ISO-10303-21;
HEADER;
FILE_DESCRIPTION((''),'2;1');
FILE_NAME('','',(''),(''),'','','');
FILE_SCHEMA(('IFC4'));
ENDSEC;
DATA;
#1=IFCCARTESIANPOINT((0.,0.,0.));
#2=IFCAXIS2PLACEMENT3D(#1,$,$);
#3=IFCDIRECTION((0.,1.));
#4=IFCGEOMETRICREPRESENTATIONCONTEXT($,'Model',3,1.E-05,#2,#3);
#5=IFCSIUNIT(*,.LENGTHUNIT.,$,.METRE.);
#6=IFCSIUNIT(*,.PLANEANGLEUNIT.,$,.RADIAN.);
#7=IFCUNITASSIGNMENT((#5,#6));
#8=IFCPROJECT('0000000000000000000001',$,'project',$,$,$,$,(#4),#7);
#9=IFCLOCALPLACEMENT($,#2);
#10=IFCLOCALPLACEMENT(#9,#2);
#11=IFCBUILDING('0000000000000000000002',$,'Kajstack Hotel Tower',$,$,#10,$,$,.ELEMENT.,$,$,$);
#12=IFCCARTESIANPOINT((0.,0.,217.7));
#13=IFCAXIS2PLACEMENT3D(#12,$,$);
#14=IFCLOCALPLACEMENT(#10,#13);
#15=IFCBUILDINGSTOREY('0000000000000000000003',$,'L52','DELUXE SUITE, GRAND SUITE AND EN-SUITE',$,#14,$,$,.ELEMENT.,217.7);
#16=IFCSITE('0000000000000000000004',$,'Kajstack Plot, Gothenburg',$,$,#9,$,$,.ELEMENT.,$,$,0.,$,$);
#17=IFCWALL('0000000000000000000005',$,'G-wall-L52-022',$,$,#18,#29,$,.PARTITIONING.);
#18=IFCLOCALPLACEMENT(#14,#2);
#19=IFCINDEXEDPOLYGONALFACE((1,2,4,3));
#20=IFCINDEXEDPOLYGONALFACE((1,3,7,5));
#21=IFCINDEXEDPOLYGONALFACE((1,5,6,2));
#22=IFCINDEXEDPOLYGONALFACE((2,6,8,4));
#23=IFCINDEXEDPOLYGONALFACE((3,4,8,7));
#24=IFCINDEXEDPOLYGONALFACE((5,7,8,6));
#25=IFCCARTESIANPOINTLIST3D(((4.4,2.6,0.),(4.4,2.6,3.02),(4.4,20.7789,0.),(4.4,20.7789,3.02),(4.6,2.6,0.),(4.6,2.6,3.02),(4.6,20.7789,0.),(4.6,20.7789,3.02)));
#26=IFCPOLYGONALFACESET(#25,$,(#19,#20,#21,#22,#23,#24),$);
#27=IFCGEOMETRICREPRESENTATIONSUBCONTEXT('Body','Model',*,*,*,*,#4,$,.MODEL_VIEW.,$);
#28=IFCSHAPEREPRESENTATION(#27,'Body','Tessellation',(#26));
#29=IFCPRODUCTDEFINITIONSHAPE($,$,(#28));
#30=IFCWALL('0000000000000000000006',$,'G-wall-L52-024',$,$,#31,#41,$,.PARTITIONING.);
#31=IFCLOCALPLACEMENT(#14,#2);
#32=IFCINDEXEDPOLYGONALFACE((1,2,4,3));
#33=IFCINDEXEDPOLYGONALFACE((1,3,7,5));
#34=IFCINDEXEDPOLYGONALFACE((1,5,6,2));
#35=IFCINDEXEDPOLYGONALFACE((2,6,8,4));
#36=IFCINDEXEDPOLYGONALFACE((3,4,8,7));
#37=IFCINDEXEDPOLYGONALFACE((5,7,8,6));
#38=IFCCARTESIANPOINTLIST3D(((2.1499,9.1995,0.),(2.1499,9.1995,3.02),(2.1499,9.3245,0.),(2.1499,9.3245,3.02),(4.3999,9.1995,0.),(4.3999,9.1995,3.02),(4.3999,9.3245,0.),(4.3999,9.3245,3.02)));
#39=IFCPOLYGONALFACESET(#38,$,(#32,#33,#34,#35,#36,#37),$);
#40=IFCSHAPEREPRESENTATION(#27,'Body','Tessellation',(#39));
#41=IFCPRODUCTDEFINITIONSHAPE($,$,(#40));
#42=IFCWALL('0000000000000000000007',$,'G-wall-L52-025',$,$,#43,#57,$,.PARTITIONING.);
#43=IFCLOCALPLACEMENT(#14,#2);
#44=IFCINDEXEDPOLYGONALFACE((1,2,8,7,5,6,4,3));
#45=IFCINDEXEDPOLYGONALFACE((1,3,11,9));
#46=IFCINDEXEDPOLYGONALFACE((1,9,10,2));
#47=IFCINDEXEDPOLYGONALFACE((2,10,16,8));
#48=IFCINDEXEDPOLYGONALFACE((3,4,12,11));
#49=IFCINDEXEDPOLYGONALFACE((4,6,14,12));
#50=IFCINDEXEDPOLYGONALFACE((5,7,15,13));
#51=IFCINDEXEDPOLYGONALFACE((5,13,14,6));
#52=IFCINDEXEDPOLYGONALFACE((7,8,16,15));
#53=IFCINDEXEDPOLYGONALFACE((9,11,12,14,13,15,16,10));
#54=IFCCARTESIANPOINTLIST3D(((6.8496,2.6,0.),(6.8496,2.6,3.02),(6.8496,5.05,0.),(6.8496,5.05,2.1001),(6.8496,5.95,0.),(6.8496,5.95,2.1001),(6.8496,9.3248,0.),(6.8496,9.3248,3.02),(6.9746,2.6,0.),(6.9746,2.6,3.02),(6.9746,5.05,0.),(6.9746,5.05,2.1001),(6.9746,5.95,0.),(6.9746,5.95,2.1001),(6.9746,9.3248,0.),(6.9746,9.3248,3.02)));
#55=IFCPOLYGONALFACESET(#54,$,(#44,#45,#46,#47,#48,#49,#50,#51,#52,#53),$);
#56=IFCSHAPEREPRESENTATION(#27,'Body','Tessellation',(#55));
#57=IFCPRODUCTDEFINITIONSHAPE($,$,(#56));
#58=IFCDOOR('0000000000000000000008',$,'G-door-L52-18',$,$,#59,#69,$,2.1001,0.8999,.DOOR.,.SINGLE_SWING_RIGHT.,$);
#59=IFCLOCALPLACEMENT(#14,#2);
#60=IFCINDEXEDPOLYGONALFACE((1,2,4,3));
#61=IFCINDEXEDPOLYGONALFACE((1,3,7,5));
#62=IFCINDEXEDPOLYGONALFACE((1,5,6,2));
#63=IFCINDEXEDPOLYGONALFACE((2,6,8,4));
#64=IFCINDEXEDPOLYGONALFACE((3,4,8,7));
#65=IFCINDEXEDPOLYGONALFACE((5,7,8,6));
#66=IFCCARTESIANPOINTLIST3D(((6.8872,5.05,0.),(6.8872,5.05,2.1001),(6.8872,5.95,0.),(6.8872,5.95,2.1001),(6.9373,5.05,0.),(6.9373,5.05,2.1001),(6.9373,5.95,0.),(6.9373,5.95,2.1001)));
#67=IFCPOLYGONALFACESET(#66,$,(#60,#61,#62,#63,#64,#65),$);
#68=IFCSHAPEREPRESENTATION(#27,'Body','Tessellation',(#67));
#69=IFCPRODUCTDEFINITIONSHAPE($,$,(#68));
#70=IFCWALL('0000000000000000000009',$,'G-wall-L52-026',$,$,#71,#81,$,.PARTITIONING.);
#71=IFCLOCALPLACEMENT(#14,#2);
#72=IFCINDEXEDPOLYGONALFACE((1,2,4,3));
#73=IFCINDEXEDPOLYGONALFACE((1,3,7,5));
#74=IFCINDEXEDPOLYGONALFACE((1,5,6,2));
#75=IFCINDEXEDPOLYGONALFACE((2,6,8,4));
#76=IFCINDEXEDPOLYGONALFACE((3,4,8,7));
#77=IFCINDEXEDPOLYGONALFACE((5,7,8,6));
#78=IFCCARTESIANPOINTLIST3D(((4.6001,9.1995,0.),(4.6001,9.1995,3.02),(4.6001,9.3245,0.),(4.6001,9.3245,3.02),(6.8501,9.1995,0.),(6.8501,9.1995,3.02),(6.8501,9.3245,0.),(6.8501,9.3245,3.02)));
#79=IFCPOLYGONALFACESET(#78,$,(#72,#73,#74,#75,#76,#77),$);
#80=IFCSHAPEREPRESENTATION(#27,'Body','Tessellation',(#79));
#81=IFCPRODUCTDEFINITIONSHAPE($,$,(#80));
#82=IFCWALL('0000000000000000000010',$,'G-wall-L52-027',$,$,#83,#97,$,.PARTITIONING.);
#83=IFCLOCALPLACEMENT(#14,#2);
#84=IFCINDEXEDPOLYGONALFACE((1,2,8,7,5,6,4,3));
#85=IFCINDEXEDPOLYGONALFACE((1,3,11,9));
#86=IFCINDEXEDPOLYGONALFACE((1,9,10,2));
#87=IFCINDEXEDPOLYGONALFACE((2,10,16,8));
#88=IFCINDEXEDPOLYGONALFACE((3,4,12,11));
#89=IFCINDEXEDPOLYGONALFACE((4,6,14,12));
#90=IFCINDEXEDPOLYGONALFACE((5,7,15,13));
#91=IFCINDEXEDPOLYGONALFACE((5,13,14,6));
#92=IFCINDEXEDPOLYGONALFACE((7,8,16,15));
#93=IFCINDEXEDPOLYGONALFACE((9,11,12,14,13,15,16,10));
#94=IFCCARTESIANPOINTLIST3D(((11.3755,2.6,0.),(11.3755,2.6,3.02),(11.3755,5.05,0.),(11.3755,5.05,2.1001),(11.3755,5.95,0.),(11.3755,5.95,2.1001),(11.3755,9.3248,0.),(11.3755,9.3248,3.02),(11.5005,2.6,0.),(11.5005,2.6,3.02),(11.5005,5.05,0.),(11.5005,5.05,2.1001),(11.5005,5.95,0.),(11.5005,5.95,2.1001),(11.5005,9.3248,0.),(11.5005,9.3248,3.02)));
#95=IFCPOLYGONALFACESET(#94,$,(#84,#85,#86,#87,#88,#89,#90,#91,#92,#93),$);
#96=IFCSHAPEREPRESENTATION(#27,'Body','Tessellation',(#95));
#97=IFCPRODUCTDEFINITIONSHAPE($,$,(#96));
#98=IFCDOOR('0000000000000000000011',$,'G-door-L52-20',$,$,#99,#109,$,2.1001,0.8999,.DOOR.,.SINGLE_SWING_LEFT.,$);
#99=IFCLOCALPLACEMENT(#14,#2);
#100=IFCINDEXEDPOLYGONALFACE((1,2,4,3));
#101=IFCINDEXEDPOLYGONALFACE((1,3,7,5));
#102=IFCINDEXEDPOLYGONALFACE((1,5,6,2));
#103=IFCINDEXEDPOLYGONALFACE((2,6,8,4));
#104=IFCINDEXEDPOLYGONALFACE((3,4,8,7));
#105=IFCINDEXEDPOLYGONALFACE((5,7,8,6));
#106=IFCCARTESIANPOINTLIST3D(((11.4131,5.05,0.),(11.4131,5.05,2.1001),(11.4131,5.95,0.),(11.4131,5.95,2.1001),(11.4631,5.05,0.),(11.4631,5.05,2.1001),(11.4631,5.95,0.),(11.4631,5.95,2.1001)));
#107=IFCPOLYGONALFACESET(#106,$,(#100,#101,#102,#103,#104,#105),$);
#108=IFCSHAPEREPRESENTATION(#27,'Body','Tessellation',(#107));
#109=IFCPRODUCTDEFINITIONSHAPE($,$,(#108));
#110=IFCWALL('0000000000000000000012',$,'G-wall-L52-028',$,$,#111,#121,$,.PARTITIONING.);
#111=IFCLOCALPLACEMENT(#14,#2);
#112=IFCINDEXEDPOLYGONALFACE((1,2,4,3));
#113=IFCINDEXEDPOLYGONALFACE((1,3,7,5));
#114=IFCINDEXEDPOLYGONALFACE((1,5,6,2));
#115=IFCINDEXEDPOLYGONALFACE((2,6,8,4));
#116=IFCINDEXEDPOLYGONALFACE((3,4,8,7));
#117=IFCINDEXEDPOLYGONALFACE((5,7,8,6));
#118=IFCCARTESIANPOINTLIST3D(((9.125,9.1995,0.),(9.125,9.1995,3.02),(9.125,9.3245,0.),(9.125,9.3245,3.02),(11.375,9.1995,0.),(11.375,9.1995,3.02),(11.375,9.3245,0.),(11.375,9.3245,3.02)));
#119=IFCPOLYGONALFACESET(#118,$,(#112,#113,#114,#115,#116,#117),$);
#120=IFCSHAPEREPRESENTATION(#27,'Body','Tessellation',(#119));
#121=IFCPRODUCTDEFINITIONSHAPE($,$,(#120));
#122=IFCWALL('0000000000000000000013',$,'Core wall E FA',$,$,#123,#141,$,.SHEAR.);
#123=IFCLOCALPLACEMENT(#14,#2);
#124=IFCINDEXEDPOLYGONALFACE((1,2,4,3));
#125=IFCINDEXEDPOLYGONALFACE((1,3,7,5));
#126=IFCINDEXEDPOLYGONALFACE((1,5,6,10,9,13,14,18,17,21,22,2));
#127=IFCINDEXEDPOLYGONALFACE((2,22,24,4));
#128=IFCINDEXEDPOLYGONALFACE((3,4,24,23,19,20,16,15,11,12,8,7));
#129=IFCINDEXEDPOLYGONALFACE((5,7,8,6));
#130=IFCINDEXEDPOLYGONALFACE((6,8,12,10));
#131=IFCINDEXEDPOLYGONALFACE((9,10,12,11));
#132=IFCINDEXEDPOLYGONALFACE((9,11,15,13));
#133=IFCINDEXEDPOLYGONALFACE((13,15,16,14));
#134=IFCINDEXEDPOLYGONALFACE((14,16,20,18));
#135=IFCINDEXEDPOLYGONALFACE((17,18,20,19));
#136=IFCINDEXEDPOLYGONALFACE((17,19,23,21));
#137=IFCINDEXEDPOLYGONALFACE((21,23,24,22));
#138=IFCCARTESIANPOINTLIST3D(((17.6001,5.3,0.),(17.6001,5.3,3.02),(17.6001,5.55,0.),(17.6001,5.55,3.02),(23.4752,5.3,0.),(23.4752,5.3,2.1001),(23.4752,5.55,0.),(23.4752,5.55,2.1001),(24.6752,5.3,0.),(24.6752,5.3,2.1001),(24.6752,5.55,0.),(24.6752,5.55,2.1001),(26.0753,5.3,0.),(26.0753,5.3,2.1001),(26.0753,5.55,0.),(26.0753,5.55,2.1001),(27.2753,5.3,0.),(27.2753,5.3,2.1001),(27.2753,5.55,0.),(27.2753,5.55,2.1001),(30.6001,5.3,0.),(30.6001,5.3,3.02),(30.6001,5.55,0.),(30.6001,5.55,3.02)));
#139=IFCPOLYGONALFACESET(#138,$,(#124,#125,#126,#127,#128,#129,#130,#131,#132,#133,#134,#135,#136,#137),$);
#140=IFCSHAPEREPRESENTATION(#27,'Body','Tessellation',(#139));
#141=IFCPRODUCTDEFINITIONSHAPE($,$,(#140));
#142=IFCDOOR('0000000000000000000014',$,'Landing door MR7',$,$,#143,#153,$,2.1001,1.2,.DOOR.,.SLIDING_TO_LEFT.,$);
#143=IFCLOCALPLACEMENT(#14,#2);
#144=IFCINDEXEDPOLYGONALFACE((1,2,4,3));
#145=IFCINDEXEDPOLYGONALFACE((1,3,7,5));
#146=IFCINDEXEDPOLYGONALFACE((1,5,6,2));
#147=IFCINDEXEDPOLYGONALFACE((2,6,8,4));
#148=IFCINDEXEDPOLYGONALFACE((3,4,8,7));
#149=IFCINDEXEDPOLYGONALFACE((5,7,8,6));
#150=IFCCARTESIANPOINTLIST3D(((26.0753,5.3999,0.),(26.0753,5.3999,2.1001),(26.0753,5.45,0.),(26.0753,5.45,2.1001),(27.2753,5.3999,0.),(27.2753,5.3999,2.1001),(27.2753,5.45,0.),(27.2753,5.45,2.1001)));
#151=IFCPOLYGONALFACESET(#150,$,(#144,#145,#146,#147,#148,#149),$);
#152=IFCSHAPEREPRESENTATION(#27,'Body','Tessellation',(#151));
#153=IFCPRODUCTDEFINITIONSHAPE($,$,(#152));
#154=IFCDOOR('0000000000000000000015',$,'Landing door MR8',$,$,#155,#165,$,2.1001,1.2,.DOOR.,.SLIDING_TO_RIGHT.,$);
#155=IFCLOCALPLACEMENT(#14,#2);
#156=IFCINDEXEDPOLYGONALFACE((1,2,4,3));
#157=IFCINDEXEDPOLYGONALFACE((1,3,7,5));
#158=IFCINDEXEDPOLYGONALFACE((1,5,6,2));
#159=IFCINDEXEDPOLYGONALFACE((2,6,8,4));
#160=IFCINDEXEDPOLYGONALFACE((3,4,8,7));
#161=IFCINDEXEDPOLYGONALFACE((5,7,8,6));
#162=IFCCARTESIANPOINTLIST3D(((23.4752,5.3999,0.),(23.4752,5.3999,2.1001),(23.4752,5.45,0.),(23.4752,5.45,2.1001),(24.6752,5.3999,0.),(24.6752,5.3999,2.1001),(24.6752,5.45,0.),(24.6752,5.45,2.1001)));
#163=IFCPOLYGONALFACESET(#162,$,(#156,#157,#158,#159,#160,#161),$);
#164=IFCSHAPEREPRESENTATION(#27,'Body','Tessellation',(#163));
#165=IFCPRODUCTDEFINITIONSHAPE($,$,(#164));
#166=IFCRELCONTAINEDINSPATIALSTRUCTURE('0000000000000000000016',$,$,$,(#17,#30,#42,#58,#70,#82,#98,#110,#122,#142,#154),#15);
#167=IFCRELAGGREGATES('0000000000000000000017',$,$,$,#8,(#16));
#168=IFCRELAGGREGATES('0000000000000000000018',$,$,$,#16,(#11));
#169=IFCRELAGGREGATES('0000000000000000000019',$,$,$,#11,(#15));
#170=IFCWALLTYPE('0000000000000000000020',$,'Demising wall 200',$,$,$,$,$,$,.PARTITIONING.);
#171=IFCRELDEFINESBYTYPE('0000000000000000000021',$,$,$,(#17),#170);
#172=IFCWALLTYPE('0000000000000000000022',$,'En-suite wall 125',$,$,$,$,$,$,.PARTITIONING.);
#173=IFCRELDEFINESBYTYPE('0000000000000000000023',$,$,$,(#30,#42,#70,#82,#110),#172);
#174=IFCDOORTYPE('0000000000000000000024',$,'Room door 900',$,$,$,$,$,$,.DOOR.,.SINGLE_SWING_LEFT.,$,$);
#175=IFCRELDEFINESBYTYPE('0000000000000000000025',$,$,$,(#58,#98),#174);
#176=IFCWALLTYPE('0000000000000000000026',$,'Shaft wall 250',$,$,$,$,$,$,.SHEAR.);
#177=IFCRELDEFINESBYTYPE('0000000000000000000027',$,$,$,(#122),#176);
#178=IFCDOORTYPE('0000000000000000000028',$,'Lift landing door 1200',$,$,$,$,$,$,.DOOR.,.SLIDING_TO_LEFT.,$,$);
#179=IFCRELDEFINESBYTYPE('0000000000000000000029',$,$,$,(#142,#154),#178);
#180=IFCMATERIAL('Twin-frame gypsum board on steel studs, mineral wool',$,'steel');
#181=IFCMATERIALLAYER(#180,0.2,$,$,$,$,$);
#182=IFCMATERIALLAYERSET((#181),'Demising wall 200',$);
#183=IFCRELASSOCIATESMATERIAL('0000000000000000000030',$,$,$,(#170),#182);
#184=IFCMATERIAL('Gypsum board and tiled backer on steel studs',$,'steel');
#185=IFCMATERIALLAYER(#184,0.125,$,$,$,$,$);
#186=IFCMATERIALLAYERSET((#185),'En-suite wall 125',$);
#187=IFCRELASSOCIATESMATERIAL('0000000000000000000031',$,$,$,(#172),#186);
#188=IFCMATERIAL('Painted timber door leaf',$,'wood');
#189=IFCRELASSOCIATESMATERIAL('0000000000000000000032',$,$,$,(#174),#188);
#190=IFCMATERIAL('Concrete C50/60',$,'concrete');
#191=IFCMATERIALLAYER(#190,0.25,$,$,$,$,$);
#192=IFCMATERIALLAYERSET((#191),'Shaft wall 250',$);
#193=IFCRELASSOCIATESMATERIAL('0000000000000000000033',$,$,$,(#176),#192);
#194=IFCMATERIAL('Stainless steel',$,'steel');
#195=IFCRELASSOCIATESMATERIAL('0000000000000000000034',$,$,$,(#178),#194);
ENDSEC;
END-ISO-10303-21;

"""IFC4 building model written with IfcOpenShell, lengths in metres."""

from ifc_helpers import new_model, si_unit, direction, frame, frame_2d, origin, place, context, subcontext, project, spatial, rectangle, extrude, material, layer, layer_set, type_object, element, fill, save


model = new_model("IFC4")

# Units and contexts
model_context = context("Model", 3, precision=1e-05, world=origin(), true_north=direction((0.0, 1.0)))
body_context = subcontext(model_context, "Body", "Model", "MODEL_VIEW")
ifc_project = project(units=[si_unit("LENGTHUNIT", "METRE"), si_unit("PLANEANGLEUNIT", "RADIAN")], contexts=[model_context])

# Site, building, storey
site_placement = place(None, origin())
site = spatial("IfcSite", under=ifc_project, at=site_placement, Name="Kajstack Plot, Gothenburg", CompositionType="ELEMENT", RefElevation=0.0)
building_placement = place(site_placement, origin())
building = spatial("IfcBuilding", under=site, at=building_placement, Name="Kajstack Hotel Tower", CompositionType="ELEMENT")
storey_placement = place(building_placement, frame((0.0, 0.0, 217.7)))
storey = spatial("IfcBuildingStorey", under=building, at=storey_placement, Name="L52", Description="DELUXE SUITE, GRAND SUITE AND EN-SUITE", CompositionType="ELEMENT", Elevation=217.7)

# Walls
ifc_material_1 = material(Name="Twin-frame gypsum board on steel studs, mineral wool", Category="steel")
ifc_layer_1 = layer(ifc_material_1, 0.2)
ifc_layer_set_1 = layer_set([ifc_layer_1], Name="Demising wall 200")
wall_type_1 = type_object("IfcWallType", Name="Demising wall 200", PredefinedType="PARTITIONING", material=ifc_layer_set_1)
wall_1_placement = place(storey_placement, frame((4.5, 2.6001, 0.0), z_axis=(0.0, 0.0, 1.0), x_axis=(0.0, 1.0, 0.0)))
element("IfcWall", 1, at=wall_1_placement, inside=storey, type_object=wall_type_1, Name="G-wall-L52-022", PredefinedType="PARTITIONING", context=body_context, shape_type="SweptSolid", body=[
    extrude(rectangle(XDim=18.179, YDim=0.2, at=frame_2d((9.0894, 0.0))), origin(), (0.0, 0.0, 1.0), 3.02),
])
ifc_material_2 = material(Name="Gypsum board and tiled backer on steel studs", Category="steel")
ifc_layer_2 = layer(ifc_material_2, 0.125)
ifc_layer_set_2 = layer_set([ifc_layer_2], Name="En-suite wall 125")
wall_type_2 = type_object("IfcWallType", Name="En-suite wall 125", PredefinedType="PARTITIONING", material=ifc_layer_set_2)
wall_2_placement = place(storey_placement, frame((2.1499, 9.262, 0.0), z_axis=(0.0, 0.0, 1.0), x_axis=(1.0, 0.0, 0.0)))
element("IfcWall", 2, at=wall_2_placement, inside=storey, type_object=wall_type_2, Name="G-wall-L52-024", PredefinedType="PARTITIONING", context=body_context, shape_type="SweptSolid", body=[
    extrude(rectangle(XDim=2.25, YDim=0.125, at=frame_2d((1.125, 0.0))), origin(), (0.0, 0.0, 1.0), 3.02),
])

# Wall, opening, door
wall_3_placement = place(storey_placement, frame((6.9121, 2.6001, 0.0), z_axis=(0.0, 0.0, 1.0), x_axis=(0.0, 1.0, 0.0)))
wall_3 = element("IfcWall", 3, at=wall_3_placement, inside=storey, type_object=wall_type_2, Name="G-wall-L52-025", PredefinedType="PARTITIONING", context=body_context, shape_type="SweptSolid", body=[
    extrude(rectangle(XDim=6.7249, YDim=0.125, at=frame_2d((3.3623, 0.0))), origin(), (0.0, 0.0, 1.0), 3.02),
])
opening_1_placement = place(wall_3_placement, frame((2.45, 0.0, 0.0)))
opening_1 = element("IfcOpeningElement", 4, at=opening_1_placement, cuts=wall_3, PredefinedType="OPENING", context=body_context, shape_type="SweptSolid", body=[
    extrude(rectangle(XDim=0.8999, YDim=2.1001, at=frame_2d((0.45, 1.05))), frame((0.0, 0.0725, 0.0), z_axis=(0.0, -1.0, 0.0), x_axis=(1.0, 0.0, 0.0)), (0.0, 0.0, 1.0), 0.145),
])
ifc_material_3 = material(Name="Painted timber door leaf", Category="wood")
door_type_1 = type_object("IfcDoorType", Name="Room door 900", OperationType="SINGLE_SWING_LEFT", PredefinedType="DOOR", material=ifc_material_3)
door_1_placement = place(opening_1_placement, origin())
door_1 = element("IfcDoor", 5, at=door_1_placement, inside=storey, type_object=door_type_1, Name="G-door-L52-18", OperationType="SINGLE_SWING_RIGHT", OverallHeight=2.1001, OverallWidth=0.8999, PredefinedType="DOOR", context=body_context, shape_type="SweptSolid", body=[
    extrude(rectangle(XDim=0.8999, YDim=2.1001, at=frame_2d((0.45, 1.05))), frame((0.0, 0.0249, 0.0), z_axis=(0.0, -1.0, 0.0), x_axis=(1.0, 0.0, 0.0)), (0.0, 0.0, 1.0), 0.05),
])
fill(opening_1, door_1)

# Wall
wall_4_placement = place(storey_placement, frame((4.6001, 9.262, 0.0), z_axis=(0.0, 0.0, 1.0), x_axis=(1.0, 0.0, 0.0)))
element("IfcWall", 6, at=wall_4_placement, inside=storey, type_object=wall_type_2, Name="G-wall-L52-026", PredefinedType="PARTITIONING", context=body_context, shape_type="SweptSolid", body=[
    extrude(rectangle(XDim=2.25, YDim=0.125, at=frame_2d((1.125, 0.0))), origin(), (0.0, 0.0, 1.0), 3.02),
])

# Wall, opening, door
wall_5_placement = place(storey_placement, frame((11.438, 2.6001, 0.0), z_axis=(0.0, 0.0, 1.0), x_axis=(0.0, 1.0, 0.0)))
wall_5 = element("IfcWall", 7, at=wall_5_placement, inside=storey, type_object=wall_type_2, Name="G-wall-L52-027", PredefinedType="PARTITIONING", context=body_context, shape_type="SweptSolid", body=[
    extrude(rectangle(XDim=6.7249, YDim=0.125, at=frame_2d((3.3623, 0.0))), origin(), (0.0, 0.0, 1.0), 3.02),
])
opening_2_placement = place(wall_5_placement, frame((2.45, 0.0, 0.0)))
opening_2 = element("IfcOpeningElement", 8, at=opening_2_placement, cuts=wall_5, PredefinedType="OPENING", context=body_context, shape_type="SweptSolid", body=[
    extrude(rectangle(XDim=0.8999, YDim=2.1001, at=frame_2d((0.45, 1.05))), frame((0.0, 0.0725, 0.0), z_axis=(0.0, -1.0, 0.0), x_axis=(1.0, 0.0, 0.0)), (0.0, 0.0, 1.0), 0.145),
])
door_2_placement = place(opening_2_placement, origin())
door_2 = element("IfcDoor", 9, at=door_2_placement, inside=storey, type_object=door_type_1, Name="G-door-L52-20", OperationType="SINGLE_SWING_LEFT", OverallHeight=2.1001, OverallWidth=0.8999, PredefinedType="DOOR", context=body_context, shape_type="SweptSolid", body=[
    extrude(rectangle(XDim=0.8999, YDim=2.1001, at=frame_2d((0.45, 1.05))), frame((0.0, 0.0249, 0.0), z_axis=(0.0, -1.0, 0.0), x_axis=(1.0, 0.0, 0.0)), (0.0, 0.0, 1.0), 0.05),
])
fill(opening_2, door_2)

# Wall
wall_6_placement = place(storey_placement, frame((9.125, 9.262, 0.0), z_axis=(0.0, 0.0, 1.0), x_axis=(1.0, 0.0, 0.0)))
element("IfcWall", 10, at=wall_6_placement, inside=storey, type_object=wall_type_2, Name="G-wall-L52-028", PredefinedType="PARTITIONING", context=body_context, shape_type="SweptSolid", body=[
    extrude(rectangle(XDim=2.25, YDim=0.125, at=frame_2d((1.125, 0.0))), origin(), (0.0, 0.0, 1.0), 3.02),
])

# Wall, openings, doors
ifc_material_4 = material(Name="Concrete C50/60", Category="concrete")
ifc_layer_3 = layer(ifc_material_4, 0.25)
ifc_layer_set_3 = layer_set([ifc_layer_3], Name="Shaft wall 250")
wall_type_3 = type_object("IfcWallType", Name="Shaft wall 250", PredefinedType="SHEAR", material=ifc_layer_set_3)
wall_7_placement = place(storey_placement, frame((17.6001, 5.425, 0.0), z_axis=(0.0, 0.0, 1.0), x_axis=(1.0, 0.0, 0.0)))
wall_7 = element("IfcWall", 11, at=wall_7_placement, inside=storey, type_object=wall_type_3, Name="Core wall E FA", PredefinedType="SHEAR", context=body_context, shape_type="SweptSolid", body=[
    extrude(rectangle(XDim=13.0, YDim=0.25, at=frame_2d((6.5, 0.0))), origin(), (0.0, 0.0, 1.0), 3.02),
])
opening_3_placement = place(wall_7_placement, frame((8.4751, 0.0, 0.0)))
opening_3 = element("IfcOpeningElement", 12, at=opening_3_placement, cuts=wall_7, PredefinedType="OPENING", context=body_context, shape_type="SweptSolid", body=[
    extrude(rectangle(XDim=1.2, YDim=2.1001, at=frame_2d((0.6001, 1.05))), frame((0.0, 0.135, 0.0), z_axis=(0.0, -1.0, 0.0), x_axis=(1.0, 0.0, 0.0)), (0.0, 0.0, 1.0), 0.27),
])
opening_4_placement = place(wall_7_placement, frame((5.875, 0.0, 0.0)))
opening_4 = element("IfcOpeningElement", 13, at=opening_4_placement, cuts=wall_7, PredefinedType="OPENING", context=body_context, shape_type="SweptSolid", body=[
    extrude(rectangle(XDim=1.2, YDim=2.1001, at=frame_2d((0.6001, 1.05))), frame((0.0, 0.135, 0.0), z_axis=(0.0, -1.0, 0.0), x_axis=(1.0, 0.0, 0.0)), (0.0, 0.0, 1.0), 0.27),
])
ifc_material_5 = material(Name="Stainless steel", Category="steel")
door_type_2 = type_object("IfcDoorType", Name="Lift landing door 1200", OperationType="SLIDING_TO_LEFT", PredefinedType="DOOR", material=ifc_material_5)
door_3_placement = place(opening_3_placement, origin())
door_3 = element("IfcDoor", 14, at=door_3_placement, inside=storey, type_object=door_type_2, Name="Landing door MR7", OperationType="SLIDING_TO_LEFT", OverallHeight=2.1001, OverallWidth=1.2, PredefinedType="DOOR", context=body_context, shape_type="SweptSolid", body=[
    extrude(rectangle(XDim=1.2, YDim=2.1001, at=frame_2d((0.6001, 1.05))), frame((0.0, 0.0249, 0.0), z_axis=(0.0, -1.0, 0.0), x_axis=(1.0, 0.0, 0.0)), (0.0, 0.0, 1.0), 0.05),
])
fill(opening_3, door_3)
door_4_placement = place(opening_4_placement, origin())
door_4 = element("IfcDoor", 15, at=door_4_placement, inside=storey, type_object=door_type_2, Name="Landing door MR8", OperationType="SLIDING_TO_RIGHT", OverallHeight=2.1001, OverallWidth=1.2, PredefinedType="DOOR", context=body_context, shape_type="SweptSolid", body=[
    extrude(rectangle(XDim=1.2, YDim=2.1001, at=frame_2d((0.6001, 1.05))), frame((0.0, 0.0249, 0.0), z_axis=(0.0, -1.0, 0.0), x_axis=(1.0, 0.0, 0.0)), (0.0, 0.0, 1.0), 0.05),
])
fill(opening_4, door_4)

save(model, "model.ifc")
